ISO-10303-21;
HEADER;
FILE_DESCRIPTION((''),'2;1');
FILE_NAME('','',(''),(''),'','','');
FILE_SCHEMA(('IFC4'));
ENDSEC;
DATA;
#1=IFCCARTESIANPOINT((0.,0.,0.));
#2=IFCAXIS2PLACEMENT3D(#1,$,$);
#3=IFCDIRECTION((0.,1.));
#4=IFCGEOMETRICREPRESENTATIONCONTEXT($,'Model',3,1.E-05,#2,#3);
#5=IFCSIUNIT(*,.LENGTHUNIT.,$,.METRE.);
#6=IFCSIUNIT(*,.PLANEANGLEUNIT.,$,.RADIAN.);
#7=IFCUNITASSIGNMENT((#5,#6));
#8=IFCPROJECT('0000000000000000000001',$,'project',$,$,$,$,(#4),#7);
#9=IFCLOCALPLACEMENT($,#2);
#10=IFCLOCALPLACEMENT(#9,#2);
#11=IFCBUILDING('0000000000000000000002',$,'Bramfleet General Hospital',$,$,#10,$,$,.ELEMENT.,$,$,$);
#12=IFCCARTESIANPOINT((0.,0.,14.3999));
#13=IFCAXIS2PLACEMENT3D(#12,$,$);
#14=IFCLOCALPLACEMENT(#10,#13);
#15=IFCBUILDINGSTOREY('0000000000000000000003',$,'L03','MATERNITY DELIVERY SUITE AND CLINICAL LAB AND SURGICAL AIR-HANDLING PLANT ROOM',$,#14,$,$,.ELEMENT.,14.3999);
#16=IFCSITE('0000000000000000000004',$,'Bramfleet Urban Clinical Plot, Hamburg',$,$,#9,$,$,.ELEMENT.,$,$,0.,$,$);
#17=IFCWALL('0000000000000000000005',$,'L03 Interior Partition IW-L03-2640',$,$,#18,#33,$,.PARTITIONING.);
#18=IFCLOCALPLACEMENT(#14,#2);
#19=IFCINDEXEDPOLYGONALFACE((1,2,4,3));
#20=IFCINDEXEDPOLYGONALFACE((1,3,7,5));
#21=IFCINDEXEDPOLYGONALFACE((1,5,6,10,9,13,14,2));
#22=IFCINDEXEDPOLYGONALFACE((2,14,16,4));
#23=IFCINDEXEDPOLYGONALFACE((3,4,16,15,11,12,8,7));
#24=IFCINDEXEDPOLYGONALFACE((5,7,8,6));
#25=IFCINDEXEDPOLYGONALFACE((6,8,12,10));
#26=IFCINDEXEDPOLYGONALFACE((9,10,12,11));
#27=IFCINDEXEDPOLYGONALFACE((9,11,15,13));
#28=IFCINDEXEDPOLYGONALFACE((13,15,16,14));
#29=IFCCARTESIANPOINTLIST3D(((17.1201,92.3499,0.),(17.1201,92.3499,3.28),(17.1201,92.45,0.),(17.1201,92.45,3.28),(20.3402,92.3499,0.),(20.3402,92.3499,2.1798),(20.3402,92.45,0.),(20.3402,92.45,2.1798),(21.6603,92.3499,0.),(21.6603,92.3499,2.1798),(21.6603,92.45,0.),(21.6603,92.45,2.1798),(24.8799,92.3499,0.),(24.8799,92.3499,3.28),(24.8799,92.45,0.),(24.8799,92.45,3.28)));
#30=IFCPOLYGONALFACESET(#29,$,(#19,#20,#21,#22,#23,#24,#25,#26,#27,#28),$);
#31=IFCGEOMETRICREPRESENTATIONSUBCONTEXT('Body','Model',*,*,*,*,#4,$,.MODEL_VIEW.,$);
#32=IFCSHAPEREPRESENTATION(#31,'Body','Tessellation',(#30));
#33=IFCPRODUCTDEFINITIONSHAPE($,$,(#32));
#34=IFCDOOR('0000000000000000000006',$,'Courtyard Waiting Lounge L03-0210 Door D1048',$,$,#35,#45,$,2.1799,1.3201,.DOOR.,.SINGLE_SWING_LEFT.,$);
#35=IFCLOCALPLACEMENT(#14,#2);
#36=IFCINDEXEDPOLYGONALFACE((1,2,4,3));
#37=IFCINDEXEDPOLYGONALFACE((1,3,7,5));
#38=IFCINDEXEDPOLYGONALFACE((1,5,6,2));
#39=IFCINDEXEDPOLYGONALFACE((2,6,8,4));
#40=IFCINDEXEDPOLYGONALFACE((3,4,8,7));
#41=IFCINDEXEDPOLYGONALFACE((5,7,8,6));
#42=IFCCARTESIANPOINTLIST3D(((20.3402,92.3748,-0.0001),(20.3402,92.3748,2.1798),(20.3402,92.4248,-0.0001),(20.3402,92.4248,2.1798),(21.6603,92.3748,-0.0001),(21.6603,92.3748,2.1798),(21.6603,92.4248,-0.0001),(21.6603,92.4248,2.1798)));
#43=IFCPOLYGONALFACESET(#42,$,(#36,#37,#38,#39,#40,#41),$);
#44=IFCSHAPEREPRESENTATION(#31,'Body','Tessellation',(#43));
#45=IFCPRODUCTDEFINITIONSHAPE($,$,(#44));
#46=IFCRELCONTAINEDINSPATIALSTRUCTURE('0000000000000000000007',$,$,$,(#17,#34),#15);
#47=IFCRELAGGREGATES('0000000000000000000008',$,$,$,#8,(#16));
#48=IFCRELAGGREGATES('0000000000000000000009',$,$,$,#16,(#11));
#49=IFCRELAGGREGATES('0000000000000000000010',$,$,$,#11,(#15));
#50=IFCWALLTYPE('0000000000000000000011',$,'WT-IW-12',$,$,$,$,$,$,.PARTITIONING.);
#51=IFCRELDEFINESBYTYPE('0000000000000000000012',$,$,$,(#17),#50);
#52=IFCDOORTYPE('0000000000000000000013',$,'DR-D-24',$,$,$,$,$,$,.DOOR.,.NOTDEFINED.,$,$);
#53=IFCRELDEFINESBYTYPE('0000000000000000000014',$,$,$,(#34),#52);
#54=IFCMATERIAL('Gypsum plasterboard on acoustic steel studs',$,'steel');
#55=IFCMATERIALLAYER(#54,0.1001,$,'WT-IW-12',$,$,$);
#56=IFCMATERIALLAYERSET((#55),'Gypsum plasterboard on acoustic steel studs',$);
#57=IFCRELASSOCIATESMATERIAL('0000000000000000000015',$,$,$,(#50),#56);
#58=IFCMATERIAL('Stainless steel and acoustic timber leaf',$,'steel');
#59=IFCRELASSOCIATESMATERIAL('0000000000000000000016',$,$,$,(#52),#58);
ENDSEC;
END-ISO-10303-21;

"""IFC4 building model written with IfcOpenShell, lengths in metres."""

from ifc_helpers import new_model, si_unit, direction, frame, frame_2d, origin, place, context, subcontext, project, spatial, rectangle, extrude, material, layer, layer_set, type_object, element, fill, save


model = new_model("IFC4")

# Units and contexts
model_context = context("Model", 3, precision=1e-05, world=origin(), true_north=direction((0.0, 1.0)))
body_context = subcontext(model_context, "Body", "Model", "MODEL_VIEW")
ifc_project = project(units=[si_unit("LENGTHUNIT", "METRE"), si_unit("PLANEANGLEUNIT", "RADIAN")], contexts=[model_context])

# Site, building, storey
site_placement = place(None, origin())
site = spatial("IfcSite", under=ifc_project, at=site_placement, Name="Bramfleet Urban Clinical Plot, Hamburg", CompositionType="ELEMENT", RefElevation=0.0)
building_placement = place(site_placement, origin())
building = spatial("IfcBuilding", under=site, at=building_placement, Name="Bramfleet General Hospital", CompositionType="ELEMENT")
storey_placement = place(building_placement, frame((0.0, 0.0, 14.3999)))
storey = spatial("IfcBuildingStorey", under=building, at=storey_placement, Name="L03", Description="MATERNITY DELIVERY SUITE AND CLINICAL LAB AND SURGICAL AIR-HANDLING PLANT ROOM", CompositionType="ELEMENT", Elevation=14.3999)

# Shared definitions
ifc_material_1 = material(Name="Gypsum plasterboard on acoustic steel studs", Category="steel")
ifc_material_2 = material(Name="Stainless steel and acoustic timber leaf", Category="steel")

# Wall, opening, door
ifc_layer_1 = layer(ifc_material_1, 0.1001, Name="WT-IW-12")
ifc_layer_set_1 = layer_set([ifc_layer_1], Name="Gypsum plasterboard on acoustic steel studs")
wall_type_1 = type_object("IfcWallType", Name="WT-IW-12", PredefinedType="PARTITIONING", material=ifc_layer_set_1)
wall_1_placement = place(storey_placement, frame((17.1201, 92.3999, 0.0), z_axis=(0.0, 0.0, 1.0), x_axis=(1.0, 0.0, 0.0)))
wall_1 = element("IfcWall", 1, at=wall_1_placement, inside=storey, type_object=wall_type_1, Name="L03 Interior Partition IW-L03-2640", PredefinedType="PARTITIONING", context=body_context, shape_type="SweptSolid", body=[
    extrude(rectangle(XDim=7.7598, YDim=0.1001, at=frame_2d((3.8799, 0.0))), origin(), (0.0, 0.0, 1.0), 3.28),
])
opening_1_placement = place(wall_1_placement, frame((3.22, 0.0, 0.0)))
opening_1 = element("IfcOpeningElement", 2, at=opening_1_placement, cuts=wall_1, PredefinedType="OPENING", context=body_context, shape_type="SweptSolid", body=[
    extrude(rectangle(XDim=1.3201, YDim=2.1799, at=frame_2d((0.6602, 1.0898))), frame((0.0, 0.0601, 0.0), z_axis=(0.0, -1.0, 0.0), x_axis=(1.0, 0.0, 0.0)), (0.0, 0.0, 1.0), 0.1201),
])
door_type_1 = type_object("IfcDoorType", Name="DR-D-24", OperationType="NOTDEFINED", PredefinedType="DOOR", material=ifc_material_2)
door_1_placement = place(opening_1_placement, origin())
door_1 = element("IfcDoor", 3, at=door_1_placement, inside=storey, type_object=door_type_1, Name="Courtyard Waiting Lounge L03-0210 Door D1048", OperationType="SINGLE_SWING_LEFT", OverallHeight=2.1799, OverallWidth=1.3201, PredefinedType="DOOR", context=body_context, shape_type="SweptSolid", body=[
    extrude(rectangle(XDim=1.3201, YDim=2.1799, at=frame_2d((0.6602, 1.0898))), frame((0.0, 0.0249, 0.0), z_axis=(0.0, -1.0, 0.0), x_axis=(1.0, 0.0, 0.0)), (0.0, 0.0, 1.0), 0.05),
])
fill(opening_1, door_1)

save(model, "model.ifc")
